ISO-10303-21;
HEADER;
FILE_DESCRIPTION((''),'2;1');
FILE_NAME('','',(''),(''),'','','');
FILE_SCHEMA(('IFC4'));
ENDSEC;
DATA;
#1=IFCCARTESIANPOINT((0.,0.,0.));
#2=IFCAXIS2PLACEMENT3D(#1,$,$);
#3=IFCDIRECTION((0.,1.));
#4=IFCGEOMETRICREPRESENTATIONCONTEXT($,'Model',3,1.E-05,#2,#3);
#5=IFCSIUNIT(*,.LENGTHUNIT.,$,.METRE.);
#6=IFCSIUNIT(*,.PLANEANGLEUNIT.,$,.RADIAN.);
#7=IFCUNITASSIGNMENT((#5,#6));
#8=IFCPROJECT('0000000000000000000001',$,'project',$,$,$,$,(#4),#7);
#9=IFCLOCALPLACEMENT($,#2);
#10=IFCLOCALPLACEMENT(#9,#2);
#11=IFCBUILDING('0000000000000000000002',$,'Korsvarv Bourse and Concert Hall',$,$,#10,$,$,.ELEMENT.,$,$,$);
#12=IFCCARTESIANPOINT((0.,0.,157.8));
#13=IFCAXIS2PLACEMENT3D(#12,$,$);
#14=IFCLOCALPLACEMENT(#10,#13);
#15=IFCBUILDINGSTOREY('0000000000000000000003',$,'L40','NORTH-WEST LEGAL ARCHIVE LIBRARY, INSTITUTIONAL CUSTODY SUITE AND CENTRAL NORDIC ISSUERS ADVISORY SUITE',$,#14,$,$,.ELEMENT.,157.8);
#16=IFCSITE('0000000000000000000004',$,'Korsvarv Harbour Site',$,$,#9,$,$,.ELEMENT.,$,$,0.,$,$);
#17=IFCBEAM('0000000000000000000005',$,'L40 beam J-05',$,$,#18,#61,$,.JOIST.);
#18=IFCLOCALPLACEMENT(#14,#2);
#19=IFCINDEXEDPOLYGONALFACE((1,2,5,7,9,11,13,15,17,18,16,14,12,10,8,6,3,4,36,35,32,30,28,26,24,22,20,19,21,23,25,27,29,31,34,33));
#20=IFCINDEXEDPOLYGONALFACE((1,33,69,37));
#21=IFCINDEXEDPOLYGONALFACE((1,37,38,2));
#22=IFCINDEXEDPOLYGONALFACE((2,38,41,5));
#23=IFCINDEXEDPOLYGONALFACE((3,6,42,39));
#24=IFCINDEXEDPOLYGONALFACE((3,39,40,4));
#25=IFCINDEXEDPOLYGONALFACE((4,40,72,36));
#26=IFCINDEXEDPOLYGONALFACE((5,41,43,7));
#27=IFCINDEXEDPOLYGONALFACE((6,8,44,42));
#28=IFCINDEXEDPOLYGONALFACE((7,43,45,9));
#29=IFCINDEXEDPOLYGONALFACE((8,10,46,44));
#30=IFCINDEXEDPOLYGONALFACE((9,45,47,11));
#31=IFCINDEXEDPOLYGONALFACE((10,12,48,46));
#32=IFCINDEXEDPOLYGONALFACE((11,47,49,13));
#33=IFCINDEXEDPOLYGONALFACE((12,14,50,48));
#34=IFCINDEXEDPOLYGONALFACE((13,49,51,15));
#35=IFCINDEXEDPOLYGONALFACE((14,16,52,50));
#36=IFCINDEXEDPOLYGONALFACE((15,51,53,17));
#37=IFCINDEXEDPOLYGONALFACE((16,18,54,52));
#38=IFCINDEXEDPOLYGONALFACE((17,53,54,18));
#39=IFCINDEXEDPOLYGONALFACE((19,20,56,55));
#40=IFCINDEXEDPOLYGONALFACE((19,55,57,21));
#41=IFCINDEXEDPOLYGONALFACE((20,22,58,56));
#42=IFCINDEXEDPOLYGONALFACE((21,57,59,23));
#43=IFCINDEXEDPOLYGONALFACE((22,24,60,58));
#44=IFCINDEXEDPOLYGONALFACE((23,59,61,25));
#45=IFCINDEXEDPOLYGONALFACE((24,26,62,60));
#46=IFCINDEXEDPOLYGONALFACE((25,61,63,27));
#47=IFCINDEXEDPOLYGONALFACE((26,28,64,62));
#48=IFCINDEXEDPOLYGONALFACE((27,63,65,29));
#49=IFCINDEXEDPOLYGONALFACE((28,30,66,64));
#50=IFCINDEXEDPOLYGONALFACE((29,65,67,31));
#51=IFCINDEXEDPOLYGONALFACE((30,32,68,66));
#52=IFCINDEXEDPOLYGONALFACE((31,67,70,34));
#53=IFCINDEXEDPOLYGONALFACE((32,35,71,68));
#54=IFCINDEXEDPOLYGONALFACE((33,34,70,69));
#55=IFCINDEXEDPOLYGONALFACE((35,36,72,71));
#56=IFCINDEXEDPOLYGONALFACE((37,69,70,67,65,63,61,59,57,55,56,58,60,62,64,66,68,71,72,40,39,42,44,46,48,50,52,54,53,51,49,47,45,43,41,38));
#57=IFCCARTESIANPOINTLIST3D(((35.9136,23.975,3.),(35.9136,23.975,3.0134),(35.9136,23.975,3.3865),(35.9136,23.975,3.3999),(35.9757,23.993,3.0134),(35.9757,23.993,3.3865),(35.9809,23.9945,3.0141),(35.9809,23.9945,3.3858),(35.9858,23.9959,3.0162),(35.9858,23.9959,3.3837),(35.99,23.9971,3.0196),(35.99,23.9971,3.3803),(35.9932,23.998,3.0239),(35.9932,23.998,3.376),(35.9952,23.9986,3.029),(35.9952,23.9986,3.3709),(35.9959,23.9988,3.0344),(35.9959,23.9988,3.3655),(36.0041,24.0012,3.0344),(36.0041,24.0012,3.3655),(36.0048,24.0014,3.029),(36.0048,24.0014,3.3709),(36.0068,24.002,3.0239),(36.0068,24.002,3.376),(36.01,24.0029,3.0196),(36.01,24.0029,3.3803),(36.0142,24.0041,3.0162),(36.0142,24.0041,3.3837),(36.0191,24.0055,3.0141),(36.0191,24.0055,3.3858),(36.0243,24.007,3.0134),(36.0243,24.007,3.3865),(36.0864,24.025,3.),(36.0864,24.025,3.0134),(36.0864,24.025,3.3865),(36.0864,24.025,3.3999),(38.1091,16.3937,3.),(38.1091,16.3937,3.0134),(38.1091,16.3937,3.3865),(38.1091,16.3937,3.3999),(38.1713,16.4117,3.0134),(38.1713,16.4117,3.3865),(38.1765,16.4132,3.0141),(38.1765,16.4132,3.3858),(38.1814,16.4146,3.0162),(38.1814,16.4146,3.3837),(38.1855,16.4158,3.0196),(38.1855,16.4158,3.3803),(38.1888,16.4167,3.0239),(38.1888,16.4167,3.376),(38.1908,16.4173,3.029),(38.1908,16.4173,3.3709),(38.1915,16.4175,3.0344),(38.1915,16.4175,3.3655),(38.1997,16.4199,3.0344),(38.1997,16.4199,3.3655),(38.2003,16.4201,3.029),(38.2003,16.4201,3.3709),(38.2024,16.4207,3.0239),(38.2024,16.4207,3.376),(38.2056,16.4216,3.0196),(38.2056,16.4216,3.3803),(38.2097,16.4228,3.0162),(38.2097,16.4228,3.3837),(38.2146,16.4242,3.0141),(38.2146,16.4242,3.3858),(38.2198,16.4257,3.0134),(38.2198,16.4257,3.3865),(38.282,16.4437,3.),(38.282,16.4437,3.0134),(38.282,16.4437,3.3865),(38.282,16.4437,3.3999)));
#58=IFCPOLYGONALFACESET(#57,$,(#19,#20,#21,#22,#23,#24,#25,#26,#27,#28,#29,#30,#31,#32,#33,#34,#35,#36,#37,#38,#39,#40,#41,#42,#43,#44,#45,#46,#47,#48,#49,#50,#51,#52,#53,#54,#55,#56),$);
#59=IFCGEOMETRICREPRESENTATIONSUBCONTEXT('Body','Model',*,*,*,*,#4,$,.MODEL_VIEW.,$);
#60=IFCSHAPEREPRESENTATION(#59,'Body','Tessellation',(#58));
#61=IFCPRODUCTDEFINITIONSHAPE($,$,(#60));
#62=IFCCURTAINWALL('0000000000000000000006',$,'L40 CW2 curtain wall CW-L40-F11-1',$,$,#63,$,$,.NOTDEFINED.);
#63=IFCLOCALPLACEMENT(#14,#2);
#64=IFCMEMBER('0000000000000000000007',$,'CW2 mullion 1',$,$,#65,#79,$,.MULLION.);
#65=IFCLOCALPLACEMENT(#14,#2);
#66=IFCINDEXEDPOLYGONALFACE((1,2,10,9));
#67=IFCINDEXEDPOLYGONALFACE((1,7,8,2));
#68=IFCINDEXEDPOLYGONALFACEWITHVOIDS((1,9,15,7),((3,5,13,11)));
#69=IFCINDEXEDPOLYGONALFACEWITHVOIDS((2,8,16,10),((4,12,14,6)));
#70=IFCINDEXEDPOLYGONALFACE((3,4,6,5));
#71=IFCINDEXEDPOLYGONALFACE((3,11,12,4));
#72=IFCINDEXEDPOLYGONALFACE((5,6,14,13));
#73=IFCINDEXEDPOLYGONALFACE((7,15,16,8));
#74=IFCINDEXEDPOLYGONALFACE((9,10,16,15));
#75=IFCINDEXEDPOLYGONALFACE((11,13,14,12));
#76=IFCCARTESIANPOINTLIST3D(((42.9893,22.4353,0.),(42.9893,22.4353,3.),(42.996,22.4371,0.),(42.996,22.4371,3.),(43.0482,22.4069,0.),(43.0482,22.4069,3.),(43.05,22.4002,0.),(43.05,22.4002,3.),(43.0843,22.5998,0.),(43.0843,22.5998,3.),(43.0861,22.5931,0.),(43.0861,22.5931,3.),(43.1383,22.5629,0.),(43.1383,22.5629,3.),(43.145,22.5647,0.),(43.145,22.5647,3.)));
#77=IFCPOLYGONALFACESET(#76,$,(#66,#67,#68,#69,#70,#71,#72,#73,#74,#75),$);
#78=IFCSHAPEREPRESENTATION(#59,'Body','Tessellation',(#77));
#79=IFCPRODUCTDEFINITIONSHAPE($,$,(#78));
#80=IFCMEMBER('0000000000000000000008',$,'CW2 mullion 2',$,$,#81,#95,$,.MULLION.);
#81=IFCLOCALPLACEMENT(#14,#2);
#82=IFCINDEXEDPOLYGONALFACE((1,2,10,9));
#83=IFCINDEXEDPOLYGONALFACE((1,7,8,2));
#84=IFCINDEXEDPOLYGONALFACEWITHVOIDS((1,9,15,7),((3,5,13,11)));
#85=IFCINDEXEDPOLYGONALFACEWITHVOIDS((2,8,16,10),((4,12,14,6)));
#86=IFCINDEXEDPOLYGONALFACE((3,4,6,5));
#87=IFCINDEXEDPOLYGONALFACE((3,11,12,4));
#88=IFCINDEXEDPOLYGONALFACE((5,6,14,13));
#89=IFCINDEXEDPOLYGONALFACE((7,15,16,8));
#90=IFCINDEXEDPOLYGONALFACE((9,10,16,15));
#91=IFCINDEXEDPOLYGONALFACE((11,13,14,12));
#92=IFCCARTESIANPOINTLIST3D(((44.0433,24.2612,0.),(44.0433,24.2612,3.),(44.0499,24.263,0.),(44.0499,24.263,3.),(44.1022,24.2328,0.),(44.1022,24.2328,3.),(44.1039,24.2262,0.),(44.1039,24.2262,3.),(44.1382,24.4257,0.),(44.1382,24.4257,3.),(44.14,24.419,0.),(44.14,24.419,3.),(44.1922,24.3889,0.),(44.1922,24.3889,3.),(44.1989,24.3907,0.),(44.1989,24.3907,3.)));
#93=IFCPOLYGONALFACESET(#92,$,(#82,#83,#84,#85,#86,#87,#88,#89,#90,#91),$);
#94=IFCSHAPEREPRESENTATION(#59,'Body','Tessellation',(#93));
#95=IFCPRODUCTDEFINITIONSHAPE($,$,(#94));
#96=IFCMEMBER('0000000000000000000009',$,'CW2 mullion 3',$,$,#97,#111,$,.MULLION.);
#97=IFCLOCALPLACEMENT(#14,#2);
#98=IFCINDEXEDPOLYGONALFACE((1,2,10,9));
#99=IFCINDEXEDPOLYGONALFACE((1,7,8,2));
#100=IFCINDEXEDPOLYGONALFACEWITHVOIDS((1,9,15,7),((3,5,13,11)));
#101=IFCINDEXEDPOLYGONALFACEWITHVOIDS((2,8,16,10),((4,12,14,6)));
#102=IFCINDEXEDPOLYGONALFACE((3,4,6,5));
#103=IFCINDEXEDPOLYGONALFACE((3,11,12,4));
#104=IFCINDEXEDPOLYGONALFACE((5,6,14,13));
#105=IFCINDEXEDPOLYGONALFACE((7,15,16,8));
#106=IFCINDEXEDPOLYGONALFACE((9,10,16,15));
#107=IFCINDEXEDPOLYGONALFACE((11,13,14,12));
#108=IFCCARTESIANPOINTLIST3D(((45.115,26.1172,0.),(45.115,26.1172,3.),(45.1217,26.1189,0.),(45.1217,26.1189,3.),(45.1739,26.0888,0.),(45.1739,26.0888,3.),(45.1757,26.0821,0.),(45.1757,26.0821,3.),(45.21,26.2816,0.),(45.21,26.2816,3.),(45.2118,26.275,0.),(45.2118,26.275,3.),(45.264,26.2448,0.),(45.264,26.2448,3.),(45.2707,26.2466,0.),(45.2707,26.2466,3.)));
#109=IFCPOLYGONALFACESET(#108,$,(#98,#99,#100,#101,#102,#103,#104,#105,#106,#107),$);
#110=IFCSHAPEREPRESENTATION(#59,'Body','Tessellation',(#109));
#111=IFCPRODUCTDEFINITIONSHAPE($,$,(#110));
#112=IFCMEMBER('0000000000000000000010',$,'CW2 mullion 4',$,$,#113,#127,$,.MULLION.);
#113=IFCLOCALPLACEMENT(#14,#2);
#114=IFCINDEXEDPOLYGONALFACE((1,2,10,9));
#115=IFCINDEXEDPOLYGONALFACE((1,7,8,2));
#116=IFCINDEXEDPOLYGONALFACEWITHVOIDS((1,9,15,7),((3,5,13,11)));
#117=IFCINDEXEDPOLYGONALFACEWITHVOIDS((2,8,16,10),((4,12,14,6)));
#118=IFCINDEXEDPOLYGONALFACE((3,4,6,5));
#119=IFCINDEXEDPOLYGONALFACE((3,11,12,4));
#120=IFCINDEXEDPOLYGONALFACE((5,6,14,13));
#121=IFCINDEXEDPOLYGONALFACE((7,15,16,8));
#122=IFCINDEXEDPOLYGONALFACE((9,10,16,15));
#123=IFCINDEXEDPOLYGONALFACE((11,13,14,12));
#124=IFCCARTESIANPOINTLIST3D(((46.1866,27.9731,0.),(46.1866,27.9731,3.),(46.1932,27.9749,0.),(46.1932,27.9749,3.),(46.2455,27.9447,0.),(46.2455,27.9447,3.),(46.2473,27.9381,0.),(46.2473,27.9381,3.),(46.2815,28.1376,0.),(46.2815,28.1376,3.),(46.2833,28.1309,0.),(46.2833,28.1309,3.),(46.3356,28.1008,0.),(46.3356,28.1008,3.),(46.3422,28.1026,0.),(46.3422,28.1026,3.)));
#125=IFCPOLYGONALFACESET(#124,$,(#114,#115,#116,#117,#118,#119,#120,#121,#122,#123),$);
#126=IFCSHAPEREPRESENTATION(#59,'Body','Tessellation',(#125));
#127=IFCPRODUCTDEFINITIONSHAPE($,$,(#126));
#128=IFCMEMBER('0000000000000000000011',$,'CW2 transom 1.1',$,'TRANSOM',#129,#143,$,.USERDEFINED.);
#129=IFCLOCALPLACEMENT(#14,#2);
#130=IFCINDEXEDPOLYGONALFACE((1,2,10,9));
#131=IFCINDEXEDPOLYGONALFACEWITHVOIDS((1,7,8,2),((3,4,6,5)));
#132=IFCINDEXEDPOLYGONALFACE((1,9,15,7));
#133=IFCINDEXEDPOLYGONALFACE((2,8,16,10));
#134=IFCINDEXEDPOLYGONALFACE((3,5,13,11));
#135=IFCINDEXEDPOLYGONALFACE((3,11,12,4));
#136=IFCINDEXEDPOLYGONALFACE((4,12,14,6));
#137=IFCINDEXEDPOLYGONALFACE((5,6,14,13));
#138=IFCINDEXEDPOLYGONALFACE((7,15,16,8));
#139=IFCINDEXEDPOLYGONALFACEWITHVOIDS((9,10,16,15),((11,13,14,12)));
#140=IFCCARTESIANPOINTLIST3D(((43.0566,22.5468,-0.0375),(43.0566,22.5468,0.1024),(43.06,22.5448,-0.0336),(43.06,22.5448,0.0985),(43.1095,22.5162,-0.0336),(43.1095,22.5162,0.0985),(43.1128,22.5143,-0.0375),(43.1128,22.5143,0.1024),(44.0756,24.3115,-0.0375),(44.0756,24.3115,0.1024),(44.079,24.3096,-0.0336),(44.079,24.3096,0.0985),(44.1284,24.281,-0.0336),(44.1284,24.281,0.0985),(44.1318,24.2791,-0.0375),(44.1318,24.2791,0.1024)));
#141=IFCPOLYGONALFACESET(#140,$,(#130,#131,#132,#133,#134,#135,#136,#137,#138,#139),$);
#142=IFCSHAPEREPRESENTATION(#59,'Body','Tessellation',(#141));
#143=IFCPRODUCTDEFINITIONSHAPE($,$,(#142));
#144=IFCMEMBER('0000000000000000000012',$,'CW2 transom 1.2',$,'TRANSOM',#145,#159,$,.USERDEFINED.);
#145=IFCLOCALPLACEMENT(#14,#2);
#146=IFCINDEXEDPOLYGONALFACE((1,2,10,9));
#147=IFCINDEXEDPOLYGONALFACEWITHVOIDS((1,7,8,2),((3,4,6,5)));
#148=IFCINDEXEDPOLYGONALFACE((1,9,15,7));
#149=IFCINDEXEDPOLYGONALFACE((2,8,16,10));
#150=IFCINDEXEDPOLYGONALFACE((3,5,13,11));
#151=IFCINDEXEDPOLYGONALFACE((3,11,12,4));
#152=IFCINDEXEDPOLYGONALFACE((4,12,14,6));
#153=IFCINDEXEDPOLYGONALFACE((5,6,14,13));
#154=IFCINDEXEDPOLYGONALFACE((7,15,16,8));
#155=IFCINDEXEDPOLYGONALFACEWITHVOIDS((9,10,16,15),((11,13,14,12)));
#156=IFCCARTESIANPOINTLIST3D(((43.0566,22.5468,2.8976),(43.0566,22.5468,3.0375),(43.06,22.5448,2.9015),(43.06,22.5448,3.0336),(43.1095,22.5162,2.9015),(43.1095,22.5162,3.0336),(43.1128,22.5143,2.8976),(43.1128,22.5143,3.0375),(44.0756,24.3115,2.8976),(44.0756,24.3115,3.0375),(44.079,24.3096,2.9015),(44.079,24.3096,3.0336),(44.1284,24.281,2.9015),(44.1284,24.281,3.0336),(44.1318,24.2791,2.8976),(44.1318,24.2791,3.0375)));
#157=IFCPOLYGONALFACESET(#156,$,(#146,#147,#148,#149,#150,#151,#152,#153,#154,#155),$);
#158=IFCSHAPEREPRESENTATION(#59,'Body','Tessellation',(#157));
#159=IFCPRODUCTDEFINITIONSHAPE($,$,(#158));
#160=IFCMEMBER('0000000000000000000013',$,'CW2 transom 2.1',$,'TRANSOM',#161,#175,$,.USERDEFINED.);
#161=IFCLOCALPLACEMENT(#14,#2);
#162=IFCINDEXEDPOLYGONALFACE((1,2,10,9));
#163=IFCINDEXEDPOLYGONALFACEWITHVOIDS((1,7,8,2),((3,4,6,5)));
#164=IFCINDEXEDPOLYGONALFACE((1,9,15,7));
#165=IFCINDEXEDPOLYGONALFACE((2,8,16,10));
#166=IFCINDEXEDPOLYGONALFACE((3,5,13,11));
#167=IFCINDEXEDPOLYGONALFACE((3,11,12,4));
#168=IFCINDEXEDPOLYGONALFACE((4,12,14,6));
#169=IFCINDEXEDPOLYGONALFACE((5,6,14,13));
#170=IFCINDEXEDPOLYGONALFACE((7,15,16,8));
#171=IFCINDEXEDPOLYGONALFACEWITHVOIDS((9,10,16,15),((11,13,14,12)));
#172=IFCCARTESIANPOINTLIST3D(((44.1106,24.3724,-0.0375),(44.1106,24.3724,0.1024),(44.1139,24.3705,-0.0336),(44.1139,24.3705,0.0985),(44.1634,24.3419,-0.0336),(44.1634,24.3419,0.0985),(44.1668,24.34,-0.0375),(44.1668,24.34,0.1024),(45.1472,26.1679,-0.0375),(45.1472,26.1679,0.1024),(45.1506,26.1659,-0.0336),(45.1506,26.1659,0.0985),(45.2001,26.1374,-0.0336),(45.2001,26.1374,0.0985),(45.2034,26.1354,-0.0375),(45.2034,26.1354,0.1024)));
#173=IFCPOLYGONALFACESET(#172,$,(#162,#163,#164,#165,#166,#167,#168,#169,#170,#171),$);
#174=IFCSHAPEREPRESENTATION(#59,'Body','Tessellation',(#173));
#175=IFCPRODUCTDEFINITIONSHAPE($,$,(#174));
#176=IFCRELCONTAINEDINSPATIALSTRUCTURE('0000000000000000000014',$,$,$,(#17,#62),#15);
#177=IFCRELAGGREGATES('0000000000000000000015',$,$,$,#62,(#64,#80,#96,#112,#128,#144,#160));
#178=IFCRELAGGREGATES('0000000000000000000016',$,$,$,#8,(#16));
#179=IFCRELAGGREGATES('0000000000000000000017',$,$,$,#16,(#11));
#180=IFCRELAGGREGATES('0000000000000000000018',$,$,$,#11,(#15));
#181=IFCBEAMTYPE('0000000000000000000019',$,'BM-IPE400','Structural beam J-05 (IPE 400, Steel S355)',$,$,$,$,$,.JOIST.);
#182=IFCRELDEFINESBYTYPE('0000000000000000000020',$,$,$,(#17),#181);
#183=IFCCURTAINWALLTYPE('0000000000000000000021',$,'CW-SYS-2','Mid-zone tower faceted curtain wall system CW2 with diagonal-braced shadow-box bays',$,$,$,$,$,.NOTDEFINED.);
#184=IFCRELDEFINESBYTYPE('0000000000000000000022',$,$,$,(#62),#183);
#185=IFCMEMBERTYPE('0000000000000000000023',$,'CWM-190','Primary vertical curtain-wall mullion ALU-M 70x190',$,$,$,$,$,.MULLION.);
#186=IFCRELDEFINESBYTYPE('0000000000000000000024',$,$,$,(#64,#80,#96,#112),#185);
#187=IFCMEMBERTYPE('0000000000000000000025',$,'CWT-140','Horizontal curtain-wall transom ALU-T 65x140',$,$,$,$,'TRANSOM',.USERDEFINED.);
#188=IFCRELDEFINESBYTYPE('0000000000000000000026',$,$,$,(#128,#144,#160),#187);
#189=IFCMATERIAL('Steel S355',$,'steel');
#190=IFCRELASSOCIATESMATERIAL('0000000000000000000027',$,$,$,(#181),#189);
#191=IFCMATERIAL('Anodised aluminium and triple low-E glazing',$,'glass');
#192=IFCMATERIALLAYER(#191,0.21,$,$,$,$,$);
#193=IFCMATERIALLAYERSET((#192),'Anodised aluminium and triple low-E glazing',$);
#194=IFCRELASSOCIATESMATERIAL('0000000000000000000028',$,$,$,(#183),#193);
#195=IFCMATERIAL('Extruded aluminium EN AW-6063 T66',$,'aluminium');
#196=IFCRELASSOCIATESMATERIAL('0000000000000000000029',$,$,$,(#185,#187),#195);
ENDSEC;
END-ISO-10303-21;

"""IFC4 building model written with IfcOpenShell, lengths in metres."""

from ifc_helpers import new_model, si_unit, direction, frame, origin, origin_2d, place, context, subcontext, project, spatial, hollow_rectangle, i_section, extrude, source, transform, mapped, material, layer, layer_set, material_profile, profile_set, type_object, element, aggregate, save


model = new_model("IFC4")

# Units and contexts
model_context = context("Model", 3, precision=1e-05, world=origin(), true_north=direction((0.0, 1.0)))
body_context = subcontext(model_context, "Body", "Model", "MODEL_VIEW")
ifc_project = project(units=[si_unit("LENGTHUNIT", "METRE"), si_unit("PLANEANGLEUNIT", "RADIAN")], contexts=[model_context])

# Site, building, storey
site_placement = place(None, origin())
site = spatial("IfcSite", under=ifc_project, at=site_placement, Name="Korsvarv Harbour Site", CompositionType="ELEMENT", RefElevation=0.0)
building_placement = place(site_placement, origin())
building = spatial("IfcBuilding", under=site, at=building_placement, Name="Korsvarv Bourse and Concert Hall", CompositionType="ELEMENT")
storey_placement = place(building_placement, frame((0.0, 0.0, 157.8)))
storey = spatial("IfcBuildingStorey", under=building, at=storey_placement, Name="L40", Description="NORTH-WEST LEGAL ARCHIVE LIBRARY, INSTITUTIONAL CUSTODY SUITE AND CENTRAL NORDIC ISSUERS ADVISORY SUITE", CompositionType="ELEMENT", Elevation=157.8)

# Shared definitions
ifc_material_1 = material(Name="Steel S355", Category="steel")

# Beam
ifc_material_profile_1 = material_profile(ifc_material_1, i_section(OverallWidth=0.1799, OverallDepth=0.3999, WebThickness=0.0085, FlangeThickness=0.0134, FilletRadius=0.021, at=origin_2d()), Name="IPE 400")
ifc_profile_set_1 = profile_set([ifc_material_profile_1], Name="Steel S355")
beam_type_1 = type_object("IfcBeamType", Name="BM-IPE400", Description="Structural beam J-05 (IPE 400, Steel S355)", PredefinedType="JOIST", material=ifc_profile_set_1)
shared_shape_1 = source(origin(), body_context, "Body", "SweptSolid", [
    extrude(i_section(OverallWidth=0.1799, OverallDepth=0.3999, WebThickness=0.0085, FlangeThickness=0.0134, FilletRadius=0.021, at=origin_2d()), origin(), (0.0, 0.0, 1.0), 7.8928),
])
beam_1_placement = place(storey_placement, frame((38.1956, 16.4187, 3.2), z_axis=(-0.278171, 0.960531, 0.0), x_axis=(-0.960531, -0.278171, 0.0)))
element("IfcBeam", 1, at=beam_1_placement, inside=storey, type_object=beam_type_1, Name="L40 beam J-05", PredefinedType="JOIST", context=body_context, shape_type="MappedRepresentation", body=[
    mapped(shared_shape_1, transform((0.0, 0.0, 0.0), scale=1.0)),
])

# Curtain wall, members
ifc_material_2 = material(Name="Anodised aluminium and triple low-E glazing", Category="glass")
ifc_layer_1 = layer(ifc_material_2, 0.21)
ifc_layer_set_1 = layer_set([ifc_layer_1], Name="Anodised aluminium and triple low-E glazing")
curtain_wall_type = type_object("IfcCurtainWallType", Name="CW-SYS-2", Description="Mid-zone tower faceted curtain wall system CW2 with diagonal-braced shadow-box bays", PredefinedType="NOTDEFINED", material=ifc_layer_set_1)
curtain_wall_placement = place(storey_placement, origin())
curtain_wall = element("IfcCurtainWall", 2, at=curtain_wall_placement, inside=storey, type_object=curtain_wall_type, Name="L40 CW2 curtain wall CW-L40-F11-1", PredefinedType="NOTDEFINED")
ifc_material_3 = material(Name="Extruded aluminium EN AW-6063 T66", Category="aluminium")
ifc_material_profile_2 = material_profile(ifc_material_3, hollow_rectangle(XDim=0.0701, YDim=0.1899, WallThickness=0.0049, at=origin_2d()), Name="ALU-M 70x190")
ifc_profile_set_2 = profile_set([ifc_material_profile_2], Name="Extruded aluminium EN AW-6063 T66")
member_type_1 = type_object("IfcMemberType", Name="CWM-190", Description="Primary vertical curtain-wall mullion ALU-M 70x190", PredefinedType="MULLION", material=ifc_profile_set_2)
shared_shape_2 = source(origin(), body_context, "Body", "SweptSolid", [
    extrude(hollow_rectangle(XDim=0.0701, YDim=0.1899, WallThickness=0.0049, at=origin_2d()), origin(), (0.0, 0.0, 1.0), 3.0),
])
member_1_placement = place(storey_placement, frame((43.0671, 22.5, 0.0), z_axis=(0.0, 0.0, 1.0), x_axis=(-0.866026, 0.499998, 0.0)))
member_1 = element("IfcMember", 3, at=member_1_placement, type_object=member_type_1, Name="CW2 mullion 1", PredefinedType="MULLION", context=body_context, shape_type="MappedRepresentation", body=[
    mapped(shared_shape_2, transform((0.0, 0.0, 0.0), scale=1.0)),
])
member_2_placement = place(storey_placement, frame((44.1211, 24.3259, 0.0), z_axis=(0.0, 0.0, 1.0), x_axis=(-0.866026, 0.499998, 0.0)))
member_2 = element("IfcMember", 4, at=member_2_placement, type_object=member_type_1, Name="CW2 mullion 2", PredefinedType="MULLION", context=body_context, shape_type="MappedRepresentation", body=[
    mapped(shared_shape_2, transform((0.0, 0.0, 0.0), scale=1.0)),
])
member_3_placement = place(storey_placement, frame((45.1929, 26.1819, 0.0), z_axis=(0.0, 0.0, 1.0), x_axis=(-0.866026, 0.499998, 0.0)))
member_3 = element("IfcMember", 5, at=member_3_placement, type_object=member_type_1, Name="CW2 mullion 3", PredefinedType="MULLION", context=body_context, shape_type="MappedRepresentation", body=[
    mapped(shared_shape_2, transform((0.0, 0.0, 0.0), scale=1.0)),
])
member_4_placement = place(storey_placement, frame((46.2644, 28.0378, 0.0), z_axis=(0.0, 0.0, 1.0), x_axis=(-0.866026, 0.499998, 0.0)))
member_4 = element("IfcMember", 6, at=member_4_placement, type_object=member_type_1, Name="CW2 mullion 4", PredefinedType="MULLION", context=body_context, shape_type="MappedRepresentation", body=[
    mapped(shared_shape_2, transform((0.0, 0.0, 0.0), scale=1.0)),
])
ifc_material_profile_3 = material_profile(ifc_material_3, hollow_rectangle(XDim=0.0649, YDim=0.1399, WallThickness=0.0039, at=origin_2d()), Name="ALU-T 65x140")
ifc_profile_set_3 = profile_set([ifc_material_profile_3], Name="Extruded aluminium EN AW-6063 T66")
member_type_2 = type_object("IfcMemberType", Name="CWT-140", Description="Horizontal curtain-wall transom ALU-T 65x140", ElementType="TRANSOM", PredefinedType="USERDEFINED", material=ifc_profile_set_3)
shared_shape_3 = source(origin(), body_context, "Body", "SweptSolid", [
    extrude(hollow_rectangle(XDim=0.0649, YDim=0.1399, WallThickness=0.0039, at=origin_2d()), origin(), (0.0, 0.0, 1.0), 2.0378),
])
member_5_placement = place(storey_placement, frame((43.0847, 22.5305, 0.0325), z_axis=(0.50003, 0.866008, 0.0), x_axis=(-0.866008, 0.50003, 0.0)))
member_5 = element("IfcMember", 7, at=member_5_placement, type_object=member_type_2, Name="CW2 transom 1.1", ObjectType="TRANSOM", PredefinedType="USERDEFINED", context=body_context, shape_type="MappedRepresentation", body=[
    mapped(shared_shape_3, transform((0.0, 0.0, 0.0), scale=1.0)),
])
member_6_placement = place(storey_placement, frame((43.0847, 22.5305, 2.9675), z_axis=(0.50003, 0.866008, 0.0), x_axis=(-0.866008, 0.50003, 0.0)))
member_6 = element("IfcMember", 8, at=member_6_placement, type_object=member_type_2, Name="CW2 transom 1.2", ObjectType="TRANSOM", PredefinedType="USERDEFINED", context=body_context, shape_type="MappedRepresentation", body=[
    mapped(shared_shape_3, transform((0.0, 0.0, 0.0), scale=1.0)),
])
shared_shape_4 = source(origin(), body_context, "Body", "SweptSolid", [
    extrude(hollow_rectangle(XDim=0.0649, YDim=0.1399, WallThickness=0.0039, at=origin_2d()), origin(), (0.0, 0.0, 1.0), 2.0732),
])
member_7_placement = place(storey_placement, frame((44.1387, 24.3562, 0.0325), z_axis=(0.500015, 0.866017, 0.0), x_axis=(-0.866017, 0.500015, 0.0)))
member_7 = element("IfcMember", 9, at=member_7_placement, type_object=member_type_2, Name="CW2 transom 2.1", ObjectType="TRANSOM", PredefinedType="USERDEFINED", context=body_context, shape_type="MappedRepresentation", body=[
    mapped(shared_shape_4, transform((0.0, 0.0, 0.0), scale=1.0)),
])
aggregate(curtain_wall, [member_1, member_2, member_3, member_4, member_5, member_6, member_7])

save(model, "model.ifc")
